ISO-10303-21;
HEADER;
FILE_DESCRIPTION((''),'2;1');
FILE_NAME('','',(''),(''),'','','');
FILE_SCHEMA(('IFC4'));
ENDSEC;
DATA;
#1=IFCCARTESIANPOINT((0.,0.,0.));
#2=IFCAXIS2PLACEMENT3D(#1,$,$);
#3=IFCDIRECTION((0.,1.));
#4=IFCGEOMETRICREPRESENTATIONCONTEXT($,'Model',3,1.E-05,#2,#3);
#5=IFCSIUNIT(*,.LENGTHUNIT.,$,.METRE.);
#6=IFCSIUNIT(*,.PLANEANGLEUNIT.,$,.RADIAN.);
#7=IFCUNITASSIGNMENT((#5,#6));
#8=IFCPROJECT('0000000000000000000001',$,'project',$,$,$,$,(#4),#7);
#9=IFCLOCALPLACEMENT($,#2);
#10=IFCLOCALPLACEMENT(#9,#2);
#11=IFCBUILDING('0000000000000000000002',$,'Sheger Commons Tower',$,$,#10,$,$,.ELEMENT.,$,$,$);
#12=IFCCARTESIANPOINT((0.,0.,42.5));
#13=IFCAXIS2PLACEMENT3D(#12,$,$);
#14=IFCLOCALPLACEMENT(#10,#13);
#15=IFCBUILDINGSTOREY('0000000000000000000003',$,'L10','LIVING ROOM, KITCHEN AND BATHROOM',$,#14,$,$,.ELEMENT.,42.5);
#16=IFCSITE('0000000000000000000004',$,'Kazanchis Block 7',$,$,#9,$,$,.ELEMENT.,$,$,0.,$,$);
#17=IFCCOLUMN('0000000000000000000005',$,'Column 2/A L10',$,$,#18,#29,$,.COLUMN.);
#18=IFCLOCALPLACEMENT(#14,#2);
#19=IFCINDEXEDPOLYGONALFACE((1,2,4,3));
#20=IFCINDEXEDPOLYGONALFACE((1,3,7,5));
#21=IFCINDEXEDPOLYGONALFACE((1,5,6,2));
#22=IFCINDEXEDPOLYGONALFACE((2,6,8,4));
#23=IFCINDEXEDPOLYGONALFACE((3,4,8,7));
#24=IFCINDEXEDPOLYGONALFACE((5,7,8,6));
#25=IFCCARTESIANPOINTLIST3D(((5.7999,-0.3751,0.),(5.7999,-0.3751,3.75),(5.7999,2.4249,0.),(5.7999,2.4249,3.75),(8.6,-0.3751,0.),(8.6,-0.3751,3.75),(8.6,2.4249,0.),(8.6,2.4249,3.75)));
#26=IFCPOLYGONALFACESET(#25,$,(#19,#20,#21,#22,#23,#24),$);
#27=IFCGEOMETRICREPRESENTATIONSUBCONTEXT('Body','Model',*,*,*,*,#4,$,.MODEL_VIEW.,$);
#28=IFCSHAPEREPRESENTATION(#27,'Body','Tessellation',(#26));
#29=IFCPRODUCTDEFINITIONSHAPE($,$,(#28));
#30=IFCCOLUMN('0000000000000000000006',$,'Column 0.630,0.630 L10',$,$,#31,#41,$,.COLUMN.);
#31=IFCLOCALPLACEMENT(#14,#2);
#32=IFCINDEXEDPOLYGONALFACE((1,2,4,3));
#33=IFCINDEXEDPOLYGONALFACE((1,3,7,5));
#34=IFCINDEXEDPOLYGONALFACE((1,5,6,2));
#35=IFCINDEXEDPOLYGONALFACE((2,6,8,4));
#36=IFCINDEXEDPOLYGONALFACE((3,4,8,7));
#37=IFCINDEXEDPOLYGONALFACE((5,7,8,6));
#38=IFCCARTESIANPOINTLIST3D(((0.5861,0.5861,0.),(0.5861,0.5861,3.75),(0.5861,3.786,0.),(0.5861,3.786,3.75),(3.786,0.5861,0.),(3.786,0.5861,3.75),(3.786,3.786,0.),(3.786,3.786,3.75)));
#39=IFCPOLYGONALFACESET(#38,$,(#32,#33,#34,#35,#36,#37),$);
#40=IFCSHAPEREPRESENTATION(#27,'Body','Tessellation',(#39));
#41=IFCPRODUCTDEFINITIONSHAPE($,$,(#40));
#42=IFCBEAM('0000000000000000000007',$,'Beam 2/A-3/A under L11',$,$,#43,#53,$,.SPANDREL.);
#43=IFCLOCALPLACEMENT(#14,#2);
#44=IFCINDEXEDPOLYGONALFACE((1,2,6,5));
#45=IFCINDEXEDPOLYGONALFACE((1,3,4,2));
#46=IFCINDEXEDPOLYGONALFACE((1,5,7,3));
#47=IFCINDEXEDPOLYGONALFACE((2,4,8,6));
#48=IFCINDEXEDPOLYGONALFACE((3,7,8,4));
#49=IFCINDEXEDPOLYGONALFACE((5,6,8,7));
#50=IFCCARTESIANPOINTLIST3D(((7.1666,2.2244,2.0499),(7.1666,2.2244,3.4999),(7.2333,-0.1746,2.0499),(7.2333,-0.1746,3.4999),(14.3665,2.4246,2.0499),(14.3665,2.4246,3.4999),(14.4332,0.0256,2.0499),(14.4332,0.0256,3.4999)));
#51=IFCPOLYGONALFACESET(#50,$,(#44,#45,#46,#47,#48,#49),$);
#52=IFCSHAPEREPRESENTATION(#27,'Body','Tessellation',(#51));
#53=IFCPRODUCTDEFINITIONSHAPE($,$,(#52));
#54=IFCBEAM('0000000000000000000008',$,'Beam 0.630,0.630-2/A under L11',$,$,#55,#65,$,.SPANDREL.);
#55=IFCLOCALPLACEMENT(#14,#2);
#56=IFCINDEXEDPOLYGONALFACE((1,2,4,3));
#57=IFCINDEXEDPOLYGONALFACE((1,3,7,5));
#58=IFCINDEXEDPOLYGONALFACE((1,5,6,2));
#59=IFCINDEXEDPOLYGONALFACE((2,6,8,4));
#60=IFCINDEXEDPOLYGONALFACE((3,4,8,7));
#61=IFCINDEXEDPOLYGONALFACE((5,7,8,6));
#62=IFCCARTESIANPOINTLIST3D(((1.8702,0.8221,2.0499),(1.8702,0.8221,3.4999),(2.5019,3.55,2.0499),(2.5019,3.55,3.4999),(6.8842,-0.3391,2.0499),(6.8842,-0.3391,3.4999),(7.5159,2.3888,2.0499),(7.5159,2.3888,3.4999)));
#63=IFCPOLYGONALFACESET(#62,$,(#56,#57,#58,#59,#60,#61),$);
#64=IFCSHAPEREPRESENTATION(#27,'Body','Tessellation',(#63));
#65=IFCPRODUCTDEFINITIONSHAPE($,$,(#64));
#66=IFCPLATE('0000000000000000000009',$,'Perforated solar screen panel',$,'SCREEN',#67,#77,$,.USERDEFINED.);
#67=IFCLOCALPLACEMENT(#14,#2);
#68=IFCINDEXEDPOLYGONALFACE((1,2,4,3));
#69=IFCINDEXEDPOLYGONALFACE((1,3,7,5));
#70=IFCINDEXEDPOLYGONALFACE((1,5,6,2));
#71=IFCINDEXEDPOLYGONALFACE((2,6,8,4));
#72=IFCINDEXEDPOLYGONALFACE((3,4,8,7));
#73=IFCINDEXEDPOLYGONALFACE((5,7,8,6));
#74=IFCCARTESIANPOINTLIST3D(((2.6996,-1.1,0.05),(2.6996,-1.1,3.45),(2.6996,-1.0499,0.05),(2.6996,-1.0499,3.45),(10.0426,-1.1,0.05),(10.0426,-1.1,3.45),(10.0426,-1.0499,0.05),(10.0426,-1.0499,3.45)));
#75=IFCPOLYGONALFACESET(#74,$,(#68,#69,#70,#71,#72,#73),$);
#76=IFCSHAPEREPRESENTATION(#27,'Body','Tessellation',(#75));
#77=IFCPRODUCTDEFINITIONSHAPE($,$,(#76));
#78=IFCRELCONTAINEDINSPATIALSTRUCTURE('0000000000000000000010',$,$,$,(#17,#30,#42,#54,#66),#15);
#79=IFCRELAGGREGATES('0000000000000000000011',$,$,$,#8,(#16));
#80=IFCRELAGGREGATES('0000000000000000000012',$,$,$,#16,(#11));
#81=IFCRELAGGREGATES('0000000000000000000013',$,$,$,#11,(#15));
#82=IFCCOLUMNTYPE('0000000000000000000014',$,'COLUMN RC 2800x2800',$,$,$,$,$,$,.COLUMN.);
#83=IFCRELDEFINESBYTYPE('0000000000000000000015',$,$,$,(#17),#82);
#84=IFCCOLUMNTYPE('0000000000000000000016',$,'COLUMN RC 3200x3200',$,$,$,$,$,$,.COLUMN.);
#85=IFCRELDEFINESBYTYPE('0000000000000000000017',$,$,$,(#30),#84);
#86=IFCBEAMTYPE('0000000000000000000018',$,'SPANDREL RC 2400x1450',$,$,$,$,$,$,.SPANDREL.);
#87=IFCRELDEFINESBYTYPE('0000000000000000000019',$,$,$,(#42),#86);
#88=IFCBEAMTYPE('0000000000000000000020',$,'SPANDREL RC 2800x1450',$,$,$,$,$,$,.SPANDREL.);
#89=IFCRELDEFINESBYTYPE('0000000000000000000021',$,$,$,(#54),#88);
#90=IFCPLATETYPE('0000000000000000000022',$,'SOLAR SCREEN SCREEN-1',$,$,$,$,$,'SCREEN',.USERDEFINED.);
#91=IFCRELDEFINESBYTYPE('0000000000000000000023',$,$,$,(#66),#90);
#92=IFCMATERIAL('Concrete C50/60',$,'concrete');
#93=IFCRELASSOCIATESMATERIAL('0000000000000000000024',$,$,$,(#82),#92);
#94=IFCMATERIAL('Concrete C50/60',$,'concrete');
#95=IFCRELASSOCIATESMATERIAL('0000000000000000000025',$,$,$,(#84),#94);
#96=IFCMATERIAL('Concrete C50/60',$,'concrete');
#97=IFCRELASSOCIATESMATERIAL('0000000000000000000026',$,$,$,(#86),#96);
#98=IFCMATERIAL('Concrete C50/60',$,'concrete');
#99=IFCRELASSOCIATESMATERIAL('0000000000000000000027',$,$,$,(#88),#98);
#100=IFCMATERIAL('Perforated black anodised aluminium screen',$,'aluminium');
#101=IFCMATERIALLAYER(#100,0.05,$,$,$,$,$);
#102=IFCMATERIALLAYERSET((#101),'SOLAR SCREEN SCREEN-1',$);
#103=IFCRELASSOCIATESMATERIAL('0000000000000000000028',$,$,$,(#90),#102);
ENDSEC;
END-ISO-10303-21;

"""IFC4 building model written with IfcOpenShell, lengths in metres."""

from ifc_helpers import new_model, si_unit, direction, frame, origin, origin_2d, place, context, subcontext, project, spatial, rectangle, extrude, material, layer, layer_set, material_profile, profile_set, type_object, element, save


model = new_model("IFC4")

# Units and contexts
model_context = context("Model", 3, precision=1e-05, world=origin(), true_north=direction((0.0, 1.0)))
body_context = subcontext(model_context, "Body", "Model", "MODEL_VIEW")
ifc_project = project(units=[si_unit("LENGTHUNIT", "METRE"), si_unit("PLANEANGLEUNIT", "RADIAN")], contexts=[model_context])

# Site, building, storey
site_placement = place(None, origin())
site = spatial("IfcSite", under=ifc_project, at=site_placement, Name="Kazanchis Block 7", CompositionType="ELEMENT", RefElevation=0.0)
building_placement = place(site_placement, origin())
building = spatial("IfcBuilding", under=site, at=building_placement, Name="Sheger Commons Tower", CompositionType="ELEMENT")
storey_placement = place(building_placement, frame((0.0, 0.0, 42.5)))
storey = spatial("IfcBuildingStorey", under=building, at=storey_placement, Name="L10", Description="LIVING ROOM, KITCHEN AND BATHROOM", CompositionType="ELEMENT", Elevation=42.5)

# Columns
ifc_material_1 = material(Name="Concrete C50/60", Category="concrete")
ifc_material_profile_1 = material_profile(ifc_material_1, rectangle(XDim=2.8, YDim=2.8, at=origin_2d()), Name="RC 2800x2800")
ifc_profile_set_1 = profile_set([ifc_material_profile_1], Name="Concrete C50/60")
column_type_1 = type_object("IfcColumnType", Name="COLUMN RC 2800x2800", PredefinedType="COLUMN", material=ifc_profile_set_1)
column_1_placement = place(storey_placement, frame((7.2, 1.0249, 0.0), z_axis=(0.0, 0.0, 1.0), x_axis=(1.0, 0.0, 0.0)))
element("IfcColumn", 1, at=column_1_placement, inside=storey, type_object=column_type_1, Name="Column 2/A L10", PredefinedType="COLUMN", context=body_context, shape_type="SweptSolid", body=[
    extrude(rectangle(XDim=2.8, YDim=2.8, at=origin_2d()), origin(), (0.0, 0.0, 1.0), 3.75),
])
ifc_material_2 = material(Name="Concrete C50/60", Category="concrete")
ifc_material_profile_2 = material_profile(ifc_material_2, rectangle(XDim=3.2, YDim=3.2, at=origin_2d()), Name="RC 3200x3200")
ifc_profile_set_2 = profile_set([ifc_material_profile_2], Name="Concrete C50/60")
column_type_2 = type_object("IfcColumnType", Name="COLUMN RC 3200x3200", PredefinedType="COLUMN", material=ifc_profile_set_2)
column_2_placement = place(storey_placement, frame((2.186, 2.186, 0.0), z_axis=(0.0, 0.0, 1.0), x_axis=(1.0, 0.0, 0.0)))
element("IfcColumn", 2, at=column_2_placement, inside=storey, type_object=column_type_2, Name="Column 0.630,0.630 L10", PredefinedType="COLUMN", context=body_context, shape_type="SweptSolid", body=[
    extrude(rectangle(XDim=3.2, YDim=3.2, at=origin_2d()), origin(), (0.0, 0.0, 1.0), 3.75),
])

# Beams
ifc_material_3 = material(Name="Concrete C50/60", Category="concrete")
ifc_material_profile_3 = material_profile(ifc_material_3, rectangle(XDim=2.3999, YDim=1.45, at=origin_2d()), Name="RC 2400x1450")
ifc_profile_set_3 = profile_set([ifc_material_profile_3], Name="Concrete C50/60")
beam_type_1 = type_object("IfcBeamType", Name="SPANDREL RC 2400x1450", PredefinedType="SPANDREL", material=ifc_profile_set_3)
beam_1_placement = place(storey_placement, frame((7.2, 1.0249, 2.7749), z_axis=(0.999614, 0.027794, 0.0), x_axis=(-0.027794, 0.999614, 0.0)))
element("IfcBeam", 3, at=beam_1_placement, inside=storey, type_object=beam_type_1, Name="Beam 2/A-3/A under L11", PredefinedType="SPANDREL", context=body_context, shape_type="SweptSolid", body=[
    extrude(rectangle(XDim=2.3999, YDim=1.45, at=origin_2d()), origin(), (0.0, 0.0, 1.0), 7.2026),
])
ifc_material_4 = material(Name="Concrete C50/60", Category="concrete")
ifc_material_profile_4 = material_profile(ifc_material_4, rectangle(XDim=2.8, YDim=1.45, at=origin_2d()), Name="RC 2800x1450")
ifc_profile_set_4 = profile_set([ifc_material_profile_4], Name="Concrete C50/60")
beam_type_2 = type_object("IfcBeamType", Name="SPANDREL RC 2800x1450", PredefinedType="SPANDREL", material=ifc_profile_set_4)
beam_2_placement = place(storey_placement, frame((2.186, 2.186, 2.7749), z_axis=(0.974217, -0.225611, 0.0), x_axis=(0.225611, 0.974217, 0.0)))
element("IfcBeam", 4, at=beam_2_placement, inside=storey, type_object=beam_type_2, Name="Beam 0.630,0.630-2/A under L11", PredefinedType="SPANDREL", context=body_context, shape_type="SweptSolid", body=[
    extrude(rectangle(XDim=2.8, YDim=1.45, at=origin_2d()), origin(), (0.0, 0.0, 1.0), 5.1467),
])

# Plate
ifc_material_5 = material(Name="Perforated black anodised aluminium screen", Category="aluminium")
ifc_layer_1 = layer(ifc_material_5, 0.05)
ifc_layer_set_1 = layer_set([ifc_layer_1], Name="SOLAR SCREEN SCREEN-1")
plate_type = type_object("IfcPlateType", Name="SOLAR SCREEN SCREEN-1", ElementType="SCREEN", PredefinedType="USERDEFINED", material=ifc_layer_set_1)
plate_placement = place(storey_placement, frame((6.3711, -1.075, 0.05), z_axis=(0.0, 0.0, 1.0), x_axis=(1.0, 0.0, 0.0)))
element("IfcPlate", 5, at=plate_placement, inside=storey, type_object=plate_type, Name="Perforated solar screen panel", ObjectType="SCREEN", PredefinedType="USERDEFINED", context=body_context, shape_type="SweptSolid", body=[
    extrude(rectangle(XDim=7.343, YDim=0.05, at=origin_2d()), origin(), (0.0, 0.0, 1.0), 3.3999),
])

save(model, "model.ifc")
